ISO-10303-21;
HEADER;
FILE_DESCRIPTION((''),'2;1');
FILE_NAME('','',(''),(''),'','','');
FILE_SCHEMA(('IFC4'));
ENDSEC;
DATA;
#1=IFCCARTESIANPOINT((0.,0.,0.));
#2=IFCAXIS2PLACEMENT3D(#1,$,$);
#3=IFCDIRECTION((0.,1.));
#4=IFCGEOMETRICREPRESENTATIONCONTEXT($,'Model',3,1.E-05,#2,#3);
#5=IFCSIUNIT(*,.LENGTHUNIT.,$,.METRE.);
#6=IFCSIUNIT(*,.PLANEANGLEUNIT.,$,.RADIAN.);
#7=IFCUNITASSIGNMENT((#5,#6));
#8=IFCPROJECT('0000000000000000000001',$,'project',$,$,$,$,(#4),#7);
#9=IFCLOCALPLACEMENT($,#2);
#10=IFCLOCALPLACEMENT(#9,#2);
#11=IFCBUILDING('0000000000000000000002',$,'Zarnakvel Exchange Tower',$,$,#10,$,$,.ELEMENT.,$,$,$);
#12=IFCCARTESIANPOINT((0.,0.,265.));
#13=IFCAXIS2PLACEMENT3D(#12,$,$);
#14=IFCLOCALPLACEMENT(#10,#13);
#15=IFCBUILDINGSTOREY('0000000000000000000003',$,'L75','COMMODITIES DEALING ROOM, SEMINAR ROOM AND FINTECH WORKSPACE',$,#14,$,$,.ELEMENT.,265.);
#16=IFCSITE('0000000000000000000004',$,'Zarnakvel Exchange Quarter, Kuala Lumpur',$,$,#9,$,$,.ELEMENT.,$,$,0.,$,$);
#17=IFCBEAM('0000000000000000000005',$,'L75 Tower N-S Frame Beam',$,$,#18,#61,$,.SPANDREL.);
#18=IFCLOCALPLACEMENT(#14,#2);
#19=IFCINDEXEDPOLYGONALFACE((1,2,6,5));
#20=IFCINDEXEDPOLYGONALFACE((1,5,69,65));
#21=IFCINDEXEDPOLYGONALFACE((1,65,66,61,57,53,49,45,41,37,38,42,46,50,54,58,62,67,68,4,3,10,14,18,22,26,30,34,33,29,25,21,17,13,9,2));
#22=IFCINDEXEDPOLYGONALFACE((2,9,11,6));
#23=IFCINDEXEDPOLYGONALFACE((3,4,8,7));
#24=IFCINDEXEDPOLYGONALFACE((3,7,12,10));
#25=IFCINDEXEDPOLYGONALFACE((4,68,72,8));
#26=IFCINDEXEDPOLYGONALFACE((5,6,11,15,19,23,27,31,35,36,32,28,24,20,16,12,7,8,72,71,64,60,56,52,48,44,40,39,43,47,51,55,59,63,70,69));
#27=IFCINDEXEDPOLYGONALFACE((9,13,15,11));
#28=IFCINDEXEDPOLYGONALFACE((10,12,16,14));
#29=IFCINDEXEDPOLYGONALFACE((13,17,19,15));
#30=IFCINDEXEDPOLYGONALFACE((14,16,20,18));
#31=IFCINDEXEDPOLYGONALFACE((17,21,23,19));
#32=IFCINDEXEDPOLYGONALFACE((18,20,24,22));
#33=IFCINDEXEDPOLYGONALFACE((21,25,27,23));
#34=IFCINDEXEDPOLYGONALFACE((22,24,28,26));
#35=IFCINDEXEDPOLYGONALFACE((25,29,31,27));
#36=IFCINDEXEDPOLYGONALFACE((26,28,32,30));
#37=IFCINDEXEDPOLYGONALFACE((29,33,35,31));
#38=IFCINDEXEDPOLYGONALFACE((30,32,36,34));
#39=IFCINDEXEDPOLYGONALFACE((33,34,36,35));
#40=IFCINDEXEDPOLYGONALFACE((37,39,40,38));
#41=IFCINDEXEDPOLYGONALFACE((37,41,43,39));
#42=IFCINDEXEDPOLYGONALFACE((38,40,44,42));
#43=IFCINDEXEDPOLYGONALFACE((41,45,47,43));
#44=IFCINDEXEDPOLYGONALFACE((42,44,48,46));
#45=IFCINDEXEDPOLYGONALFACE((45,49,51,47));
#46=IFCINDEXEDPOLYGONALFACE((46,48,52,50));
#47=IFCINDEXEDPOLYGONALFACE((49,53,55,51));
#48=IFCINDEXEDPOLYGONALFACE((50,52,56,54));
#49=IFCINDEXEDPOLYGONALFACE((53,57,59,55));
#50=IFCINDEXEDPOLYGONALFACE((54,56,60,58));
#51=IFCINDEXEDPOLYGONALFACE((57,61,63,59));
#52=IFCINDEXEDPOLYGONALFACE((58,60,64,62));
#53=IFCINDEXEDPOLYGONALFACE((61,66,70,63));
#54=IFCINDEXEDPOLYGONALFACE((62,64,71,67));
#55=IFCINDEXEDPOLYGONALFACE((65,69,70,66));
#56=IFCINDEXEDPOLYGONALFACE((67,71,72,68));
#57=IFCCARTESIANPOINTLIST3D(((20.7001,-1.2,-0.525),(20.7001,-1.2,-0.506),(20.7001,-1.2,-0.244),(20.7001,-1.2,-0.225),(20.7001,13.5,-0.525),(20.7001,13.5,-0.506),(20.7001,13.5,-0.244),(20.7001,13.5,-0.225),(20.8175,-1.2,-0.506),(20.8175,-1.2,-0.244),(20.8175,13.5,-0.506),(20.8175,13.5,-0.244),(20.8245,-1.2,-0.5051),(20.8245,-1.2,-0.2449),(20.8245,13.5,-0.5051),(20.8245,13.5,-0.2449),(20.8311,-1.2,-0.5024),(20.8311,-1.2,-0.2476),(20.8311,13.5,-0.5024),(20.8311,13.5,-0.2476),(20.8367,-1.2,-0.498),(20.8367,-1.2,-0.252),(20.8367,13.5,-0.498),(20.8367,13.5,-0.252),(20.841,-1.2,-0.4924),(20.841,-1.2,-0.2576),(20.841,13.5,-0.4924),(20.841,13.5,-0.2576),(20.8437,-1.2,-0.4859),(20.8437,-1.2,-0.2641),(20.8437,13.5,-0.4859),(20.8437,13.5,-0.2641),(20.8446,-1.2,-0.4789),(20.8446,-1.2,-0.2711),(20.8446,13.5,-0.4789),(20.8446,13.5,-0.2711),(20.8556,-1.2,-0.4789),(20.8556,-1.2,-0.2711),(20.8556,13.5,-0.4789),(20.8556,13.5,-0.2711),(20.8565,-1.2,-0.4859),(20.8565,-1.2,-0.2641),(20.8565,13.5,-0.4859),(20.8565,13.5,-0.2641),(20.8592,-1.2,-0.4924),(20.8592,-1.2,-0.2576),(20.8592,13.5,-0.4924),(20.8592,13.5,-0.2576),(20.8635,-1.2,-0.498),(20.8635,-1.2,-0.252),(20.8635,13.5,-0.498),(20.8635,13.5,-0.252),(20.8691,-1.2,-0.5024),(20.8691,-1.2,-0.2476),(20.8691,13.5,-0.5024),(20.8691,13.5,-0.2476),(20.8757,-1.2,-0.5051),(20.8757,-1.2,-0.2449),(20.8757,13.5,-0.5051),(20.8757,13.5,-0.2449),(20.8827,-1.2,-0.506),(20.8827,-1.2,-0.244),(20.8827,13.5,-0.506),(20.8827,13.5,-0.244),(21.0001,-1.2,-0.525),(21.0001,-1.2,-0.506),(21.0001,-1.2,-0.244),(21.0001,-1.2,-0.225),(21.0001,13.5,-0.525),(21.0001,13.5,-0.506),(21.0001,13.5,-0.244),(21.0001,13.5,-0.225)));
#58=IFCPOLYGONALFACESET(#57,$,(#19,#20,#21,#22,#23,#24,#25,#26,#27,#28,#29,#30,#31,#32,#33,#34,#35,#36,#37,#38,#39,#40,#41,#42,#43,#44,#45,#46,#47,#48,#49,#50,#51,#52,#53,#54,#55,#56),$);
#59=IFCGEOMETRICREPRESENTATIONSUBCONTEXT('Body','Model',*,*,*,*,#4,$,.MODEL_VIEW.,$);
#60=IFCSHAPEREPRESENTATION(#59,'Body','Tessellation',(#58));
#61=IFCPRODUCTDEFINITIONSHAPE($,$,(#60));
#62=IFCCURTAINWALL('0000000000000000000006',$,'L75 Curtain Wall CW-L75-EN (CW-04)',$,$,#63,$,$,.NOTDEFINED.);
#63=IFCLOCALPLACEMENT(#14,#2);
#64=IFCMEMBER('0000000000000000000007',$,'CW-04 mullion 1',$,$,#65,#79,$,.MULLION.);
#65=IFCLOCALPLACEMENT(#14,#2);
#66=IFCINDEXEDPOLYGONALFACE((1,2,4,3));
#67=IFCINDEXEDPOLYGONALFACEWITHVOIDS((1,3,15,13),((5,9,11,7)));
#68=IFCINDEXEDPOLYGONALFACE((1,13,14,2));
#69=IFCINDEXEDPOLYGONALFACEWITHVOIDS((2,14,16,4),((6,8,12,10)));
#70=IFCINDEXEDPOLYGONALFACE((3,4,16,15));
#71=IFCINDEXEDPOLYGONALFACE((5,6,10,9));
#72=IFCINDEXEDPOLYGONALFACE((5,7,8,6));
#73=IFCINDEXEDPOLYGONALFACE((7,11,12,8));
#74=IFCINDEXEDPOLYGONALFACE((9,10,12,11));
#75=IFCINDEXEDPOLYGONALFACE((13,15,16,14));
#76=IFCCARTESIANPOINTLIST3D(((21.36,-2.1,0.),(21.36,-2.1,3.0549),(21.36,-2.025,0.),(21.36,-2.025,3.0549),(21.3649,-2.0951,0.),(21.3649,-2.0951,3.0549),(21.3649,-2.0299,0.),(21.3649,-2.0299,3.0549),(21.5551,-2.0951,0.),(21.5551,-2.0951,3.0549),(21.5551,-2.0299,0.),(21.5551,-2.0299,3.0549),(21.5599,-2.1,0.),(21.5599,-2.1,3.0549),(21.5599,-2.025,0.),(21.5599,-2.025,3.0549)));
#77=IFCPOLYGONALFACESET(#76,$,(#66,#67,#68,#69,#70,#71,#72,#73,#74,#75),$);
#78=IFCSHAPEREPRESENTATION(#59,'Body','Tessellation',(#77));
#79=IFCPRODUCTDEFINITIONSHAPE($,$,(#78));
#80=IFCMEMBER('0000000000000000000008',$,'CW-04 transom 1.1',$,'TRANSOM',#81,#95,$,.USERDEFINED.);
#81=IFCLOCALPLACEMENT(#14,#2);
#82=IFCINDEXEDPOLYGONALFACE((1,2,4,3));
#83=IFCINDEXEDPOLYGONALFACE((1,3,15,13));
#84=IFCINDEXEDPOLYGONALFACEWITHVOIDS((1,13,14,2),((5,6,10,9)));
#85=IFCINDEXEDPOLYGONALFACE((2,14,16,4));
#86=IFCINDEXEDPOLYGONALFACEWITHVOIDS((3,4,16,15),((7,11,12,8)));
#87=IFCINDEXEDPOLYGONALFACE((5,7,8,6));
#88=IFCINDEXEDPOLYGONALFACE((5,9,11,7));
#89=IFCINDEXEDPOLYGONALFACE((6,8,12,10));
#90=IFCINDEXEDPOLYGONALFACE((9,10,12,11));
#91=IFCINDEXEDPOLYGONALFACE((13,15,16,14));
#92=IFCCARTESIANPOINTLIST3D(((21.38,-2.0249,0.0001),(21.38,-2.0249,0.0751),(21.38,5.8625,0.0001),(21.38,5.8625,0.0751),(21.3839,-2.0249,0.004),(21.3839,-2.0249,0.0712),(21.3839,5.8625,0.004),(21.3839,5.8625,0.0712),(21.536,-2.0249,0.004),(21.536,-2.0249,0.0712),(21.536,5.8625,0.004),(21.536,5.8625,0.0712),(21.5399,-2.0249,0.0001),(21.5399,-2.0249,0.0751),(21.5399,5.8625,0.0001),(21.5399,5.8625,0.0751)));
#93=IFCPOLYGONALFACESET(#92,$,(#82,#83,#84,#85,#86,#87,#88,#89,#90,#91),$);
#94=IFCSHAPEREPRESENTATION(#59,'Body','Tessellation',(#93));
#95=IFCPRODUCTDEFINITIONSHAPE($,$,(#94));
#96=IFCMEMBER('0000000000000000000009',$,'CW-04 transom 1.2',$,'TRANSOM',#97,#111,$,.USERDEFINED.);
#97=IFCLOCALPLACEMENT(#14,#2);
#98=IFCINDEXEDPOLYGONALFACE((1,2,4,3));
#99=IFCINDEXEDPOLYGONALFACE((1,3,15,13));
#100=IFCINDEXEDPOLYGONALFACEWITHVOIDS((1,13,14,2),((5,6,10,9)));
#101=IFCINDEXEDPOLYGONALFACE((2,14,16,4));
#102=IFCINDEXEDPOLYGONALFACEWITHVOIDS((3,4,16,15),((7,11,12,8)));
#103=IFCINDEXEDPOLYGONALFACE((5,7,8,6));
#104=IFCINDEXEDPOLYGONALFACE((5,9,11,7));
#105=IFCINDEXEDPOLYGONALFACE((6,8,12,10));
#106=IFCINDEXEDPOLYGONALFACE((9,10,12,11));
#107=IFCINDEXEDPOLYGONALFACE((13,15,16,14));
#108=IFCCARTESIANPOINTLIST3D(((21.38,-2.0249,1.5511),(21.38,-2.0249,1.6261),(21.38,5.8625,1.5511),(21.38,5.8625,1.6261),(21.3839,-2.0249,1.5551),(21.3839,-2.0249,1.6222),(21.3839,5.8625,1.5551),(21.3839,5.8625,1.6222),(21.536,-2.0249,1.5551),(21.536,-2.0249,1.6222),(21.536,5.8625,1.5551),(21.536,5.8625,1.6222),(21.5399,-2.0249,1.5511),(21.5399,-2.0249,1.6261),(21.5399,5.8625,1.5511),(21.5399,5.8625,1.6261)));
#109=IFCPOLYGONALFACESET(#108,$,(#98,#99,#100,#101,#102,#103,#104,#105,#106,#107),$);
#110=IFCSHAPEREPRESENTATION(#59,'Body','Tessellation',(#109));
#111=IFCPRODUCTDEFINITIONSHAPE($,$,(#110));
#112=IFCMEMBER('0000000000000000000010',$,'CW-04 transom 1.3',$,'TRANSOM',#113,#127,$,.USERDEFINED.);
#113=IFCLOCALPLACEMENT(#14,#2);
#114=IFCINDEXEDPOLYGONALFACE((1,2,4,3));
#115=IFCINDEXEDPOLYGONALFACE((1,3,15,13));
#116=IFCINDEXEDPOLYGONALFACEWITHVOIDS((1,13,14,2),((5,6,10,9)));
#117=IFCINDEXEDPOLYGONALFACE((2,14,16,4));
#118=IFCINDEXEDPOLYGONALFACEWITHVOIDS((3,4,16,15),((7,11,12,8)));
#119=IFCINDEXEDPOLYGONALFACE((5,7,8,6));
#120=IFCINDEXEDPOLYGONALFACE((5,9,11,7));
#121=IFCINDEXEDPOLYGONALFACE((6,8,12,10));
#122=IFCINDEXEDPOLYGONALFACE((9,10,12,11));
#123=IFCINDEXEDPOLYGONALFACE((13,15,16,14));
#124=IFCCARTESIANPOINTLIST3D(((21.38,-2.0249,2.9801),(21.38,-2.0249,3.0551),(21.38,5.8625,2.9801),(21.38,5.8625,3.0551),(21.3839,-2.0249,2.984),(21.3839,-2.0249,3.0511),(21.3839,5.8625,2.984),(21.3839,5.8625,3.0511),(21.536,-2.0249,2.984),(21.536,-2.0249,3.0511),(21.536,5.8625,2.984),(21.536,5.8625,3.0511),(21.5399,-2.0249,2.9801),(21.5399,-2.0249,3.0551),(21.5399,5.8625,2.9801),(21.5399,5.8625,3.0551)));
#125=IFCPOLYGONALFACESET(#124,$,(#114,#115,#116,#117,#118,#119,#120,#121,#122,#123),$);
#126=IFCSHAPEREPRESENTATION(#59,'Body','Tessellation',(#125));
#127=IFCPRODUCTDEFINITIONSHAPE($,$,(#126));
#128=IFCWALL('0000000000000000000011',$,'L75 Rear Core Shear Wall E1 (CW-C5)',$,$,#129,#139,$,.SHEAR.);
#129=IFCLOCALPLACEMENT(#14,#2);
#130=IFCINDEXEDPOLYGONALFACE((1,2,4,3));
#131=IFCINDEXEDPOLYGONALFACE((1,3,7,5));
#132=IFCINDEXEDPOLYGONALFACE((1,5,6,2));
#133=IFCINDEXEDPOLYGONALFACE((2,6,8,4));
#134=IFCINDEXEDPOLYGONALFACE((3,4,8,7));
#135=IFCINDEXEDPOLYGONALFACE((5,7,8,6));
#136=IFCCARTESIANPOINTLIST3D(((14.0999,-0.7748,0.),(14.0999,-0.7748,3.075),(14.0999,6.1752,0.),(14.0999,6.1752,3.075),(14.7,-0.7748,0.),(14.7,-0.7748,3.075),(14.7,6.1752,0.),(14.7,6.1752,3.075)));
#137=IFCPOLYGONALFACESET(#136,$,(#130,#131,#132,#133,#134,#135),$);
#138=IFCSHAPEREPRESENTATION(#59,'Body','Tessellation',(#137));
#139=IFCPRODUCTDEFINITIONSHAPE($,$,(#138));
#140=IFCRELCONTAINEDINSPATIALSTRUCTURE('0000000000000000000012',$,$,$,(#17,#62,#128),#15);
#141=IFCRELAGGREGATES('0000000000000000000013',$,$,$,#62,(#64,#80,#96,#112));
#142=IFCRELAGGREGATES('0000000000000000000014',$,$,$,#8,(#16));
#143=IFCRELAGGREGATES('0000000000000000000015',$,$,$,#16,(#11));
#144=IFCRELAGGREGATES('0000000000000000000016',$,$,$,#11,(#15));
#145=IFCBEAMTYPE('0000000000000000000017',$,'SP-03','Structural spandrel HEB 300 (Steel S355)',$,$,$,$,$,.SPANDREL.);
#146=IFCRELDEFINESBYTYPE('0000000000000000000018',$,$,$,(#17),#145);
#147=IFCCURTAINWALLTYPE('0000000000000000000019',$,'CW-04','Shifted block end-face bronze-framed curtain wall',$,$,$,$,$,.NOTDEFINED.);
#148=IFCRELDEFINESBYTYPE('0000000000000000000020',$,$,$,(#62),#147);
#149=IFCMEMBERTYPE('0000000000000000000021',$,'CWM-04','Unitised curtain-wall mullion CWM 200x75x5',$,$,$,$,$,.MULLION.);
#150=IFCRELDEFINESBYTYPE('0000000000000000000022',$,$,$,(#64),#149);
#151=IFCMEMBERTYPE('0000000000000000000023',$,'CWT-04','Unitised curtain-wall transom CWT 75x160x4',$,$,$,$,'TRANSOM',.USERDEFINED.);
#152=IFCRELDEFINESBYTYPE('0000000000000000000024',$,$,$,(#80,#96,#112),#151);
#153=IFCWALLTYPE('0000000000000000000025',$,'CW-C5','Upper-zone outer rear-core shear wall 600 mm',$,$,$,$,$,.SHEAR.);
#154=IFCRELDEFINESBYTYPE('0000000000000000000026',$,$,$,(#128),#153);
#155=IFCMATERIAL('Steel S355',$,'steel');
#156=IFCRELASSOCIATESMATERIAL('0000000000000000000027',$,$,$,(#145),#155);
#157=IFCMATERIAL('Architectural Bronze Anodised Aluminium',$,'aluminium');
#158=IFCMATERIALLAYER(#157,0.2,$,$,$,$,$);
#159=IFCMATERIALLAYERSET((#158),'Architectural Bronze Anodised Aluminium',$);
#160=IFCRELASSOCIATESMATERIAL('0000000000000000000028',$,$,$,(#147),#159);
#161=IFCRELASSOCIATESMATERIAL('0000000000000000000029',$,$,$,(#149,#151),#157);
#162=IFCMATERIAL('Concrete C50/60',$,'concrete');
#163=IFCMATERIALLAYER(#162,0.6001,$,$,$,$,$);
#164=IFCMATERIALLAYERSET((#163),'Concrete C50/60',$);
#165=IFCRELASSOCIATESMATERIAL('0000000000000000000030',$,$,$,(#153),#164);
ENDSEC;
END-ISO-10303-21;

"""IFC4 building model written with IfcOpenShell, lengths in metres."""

from ifc_helpers import new_model, si_unit, direction, frame, frame_2d, origin, origin_2d, place, context, subcontext, project, spatial, rectangle, hollow_rectangle, i_section, extrude, source, transform, mapped, material, layer, layer_set, material_profile, profile_set, type_object, element, aggregate, save


model = new_model("IFC4")

# Units and contexts
model_context = context("Model", 3, precision=1e-05, world=origin(), true_north=direction((0.0, 1.0)))
body_context = subcontext(model_context, "Body", "Model", "MODEL_VIEW")
ifc_project = project(units=[si_unit("LENGTHUNIT", "METRE"), si_unit("PLANEANGLEUNIT", "RADIAN")], contexts=[model_context])

# Site, building, storey
site_placement = place(None, origin())
site = spatial("IfcSite", under=ifc_project, at=site_placement, Name="Zarnakvel Exchange Quarter, Kuala Lumpur", CompositionType="ELEMENT", RefElevation=0.0)
building_placement = place(site_placement, origin())
building = spatial("IfcBuilding", under=site, at=building_placement, Name="Zarnakvel Exchange Tower", CompositionType="ELEMENT")
storey_placement = place(building_placement, frame((0.0, 0.0, 265.0)))
storey = spatial("IfcBuildingStorey", under=building, at=storey_placement, Name="L75", Description="COMMODITIES DEALING ROOM, SEMINAR ROOM AND FINTECH WORKSPACE", CompositionType="ELEMENT", Elevation=265.0)

# Shared definitions
ifc_material_1 = material(Name="Concrete C50/60", Category="concrete")
ifc_material_2 = material(Name="Steel S355", Category="steel")

# Beam
ifc_material_profile_1 = material_profile(ifc_material_2, i_section(OverallWidth=0.3, OverallDepth=0.3, WebThickness=0.011, FlangeThickness=0.019, FilletRadius=0.0271, at=origin_2d()))
ifc_profile_set_1 = profile_set([ifc_material_profile_1], Name="Steel S355")
beam_type_1 = type_object("IfcBeamType", Name="SP-03", Description="Structural spandrel HEB 300 (Steel S355)", PredefinedType="SPANDREL", material=ifc_profile_set_1)
beam_1_placement = place(storey_placement, frame((20.8501, -1.2, -0.375), z_axis=(0.0, 1.0, 0.0), x_axis=(-1.0, 0.0, 0.0)))
element("IfcBeam", 1, at=beam_1_placement, inside=storey, type_object=beam_type_1, Name="L75 Tower N-S Frame Beam", PredefinedType="SPANDREL", context=body_context, shape_type="SweptSolid", body=[
    extrude(i_section(OverallWidth=0.3, OverallDepth=0.3, WebThickness=0.011, FlangeThickness=0.019, FilletRadius=0.0271, at=origin_2d()), origin(), (0.0, 0.0, 1.0), 14.7),
])

# Curtain wall, members
ifc_material_3 = material(Name="Architectural Bronze Anodised Aluminium", Category="aluminium")
ifc_layer_1 = layer(ifc_material_3, 0.2)
ifc_layer_set_1 = layer_set([ifc_layer_1], Name="Architectural Bronze Anodised Aluminium")
curtain_wall_type = type_object("IfcCurtainWallType", Name="CW-04", Description="Shifted block end-face bronze-framed curtain wall", PredefinedType="NOTDEFINED", material=ifc_layer_set_1)
curtain_wall_placement = place(storey_placement, origin())
curtain_wall = element("IfcCurtainWall", 2, at=curtain_wall_placement, inside=storey, type_object=curtain_wall_type, Name="L75 Curtain Wall CW-L75-EN (CW-04)", PredefinedType="NOTDEFINED")
ifc_material_profile_2 = material_profile(ifc_material_3, hollow_rectangle(XDim=0.2, YDim=0.075, WallThickness=0.0049, at=origin_2d()))
ifc_profile_set_2 = profile_set([ifc_material_profile_2], Name="Architectural Bronze Anodised Aluminium")
member_type_1 = type_object("IfcMemberType", Name="CWM-04", Description="Unitised curtain-wall mullion CWM 200x75x5", PredefinedType="MULLION", material=ifc_profile_set_2)
shared_shape_1 = source(origin(), body_context, "Body", "SweptSolid", [
    extrude(hollow_rectangle(XDim=0.2, YDim=0.075, WallThickness=0.0049, at=origin_2d()), origin(), (0.0, 0.0, 1.0), 3.0549),
])
member_1_placement = place(storey_placement, frame((21.46, -2.0625, 0.0), z_axis=(0.0, 0.0, 1.0), x_axis=(-1.0, 0.0, 0.0)))
member_1 = element("IfcMember", 3, at=member_1_placement, type_object=member_type_1, Name="CW-04 mullion 1", PredefinedType="MULLION", context=body_context, shape_type="MappedRepresentation", body=[
    mapped(shared_shape_1, transform((0.0, 0.0, 0.0), x_axis=(1.0, 0.0, 0.0), y_axis=(0.0, 1.0, 0.0), z_axis=(0.0, 0.0, 1.0), scale=1.0)),
])
ifc_material_profile_3 = material_profile(ifc_material_3, hollow_rectangle(XDim=0.1599, YDim=0.075, WallThickness=0.0039, at=origin_2d()))
ifc_profile_set_3 = profile_set([ifc_material_profile_3], Name="Architectural Bronze Anodised Aluminium")
member_type_2 = type_object("IfcMemberType", Name="CWT-04", Description="Unitised curtain-wall transom CWT 75x160x4", ElementType="TRANSOM", PredefinedType="USERDEFINED", material=ifc_profile_set_3)
shared_shape_2 = source(origin(), body_context, "Body", "SweptSolid", [
    extrude(hollow_rectangle(XDim=0.1599, YDim=0.075, WallThickness=0.0039, at=origin_2d()), origin(), (0.0, 0.0, 1.0), 7.8875),
])
member_2_placement = place(storey_placement, frame((21.46, -2.0249, 0.0376), z_axis=(0.0, 1.0, 0.0), x_axis=(-1.0, 0.0, 0.0)))
member_2 = element("IfcMember", 4, at=member_2_placement, type_object=member_type_2, Name="CW-04 transom 1.1", ObjectType="TRANSOM", PredefinedType="USERDEFINED", context=body_context, shape_type="MappedRepresentation", body=[
    mapped(shared_shape_2, transform((0.0, 0.0, 0.0), x_axis=(1.0, 0.0, 0.0), y_axis=(0.0, 1.0, 0.0), z_axis=(0.0, 0.0, 1.0), scale=1.0)),
])
member_3_placement = place(storey_placement, frame((21.46, -2.0249, 1.5886), z_axis=(0.0, 1.0, 0.0), x_axis=(-1.0, 0.0, 0.0)))
member_3 = element("IfcMember", 5, at=member_3_placement, type_object=member_type_2, Name="CW-04 transom 1.2", ObjectType="TRANSOM", PredefinedType="USERDEFINED", context=body_context, shape_type="MappedRepresentation", body=[
    mapped(shared_shape_2, transform((0.0, 0.0, 0.0), x_axis=(1.0, 0.0, 0.0), y_axis=(0.0, 1.0, 0.0), z_axis=(0.0, 0.0, 1.0), scale=1.0)),
])
member_4_placement = place(storey_placement, frame((21.46, -2.0249, 3.0176), z_axis=(0.0, 1.0, 0.0), x_axis=(-1.0, 0.0, 0.0)))
member_4 = element("IfcMember", 6, at=member_4_placement, type_object=member_type_2, Name="CW-04 transom 1.3", ObjectType="TRANSOM", PredefinedType="USERDEFINED", context=body_context, shape_type="MappedRepresentation", body=[
    mapped(shared_shape_2, transform((0.0, 0.0, 0.0), x_axis=(1.0, 0.0, 0.0), y_axis=(0.0, 1.0, 0.0), z_axis=(0.0, 0.0, 1.0), scale=1.0)),
])
aggregate(curtain_wall, [member_1, member_2, member_3, member_4])

# Wall
ifc_layer_2 = layer(ifc_material_1, 0.6001)
ifc_layer_set_2 = layer_set([ifc_layer_2], Name="Concrete C50/60")
wall_type_1 = type_object("IfcWallType", Name="CW-C5", Description="Upper-zone outer rear-core shear wall 600 mm", PredefinedType="SHEAR", material=ifc_layer_set_2)
wall_1_placement = place(storey_placement, frame((14.3999, -0.7749, 0.0), z_axis=(0.0, 0.0, 1.0), x_axis=(0.0, 1.0, 0.0)))
element("IfcWall", 7, at=wall_1_placement, inside=storey, type_object=wall_type_1, Name="L75 Rear Core Shear Wall E1 (CW-C5)", PredefinedType="SHEAR", context=body_context, shape_type="SweptSolid", body=[
    extrude(rectangle(XDim=6.95, YDim=0.6001, at=frame_2d((3.4751, 0.0))), origin(), (0.0, 0.0, 1.0), 3.075),
])

save(model, "model.ifc")
